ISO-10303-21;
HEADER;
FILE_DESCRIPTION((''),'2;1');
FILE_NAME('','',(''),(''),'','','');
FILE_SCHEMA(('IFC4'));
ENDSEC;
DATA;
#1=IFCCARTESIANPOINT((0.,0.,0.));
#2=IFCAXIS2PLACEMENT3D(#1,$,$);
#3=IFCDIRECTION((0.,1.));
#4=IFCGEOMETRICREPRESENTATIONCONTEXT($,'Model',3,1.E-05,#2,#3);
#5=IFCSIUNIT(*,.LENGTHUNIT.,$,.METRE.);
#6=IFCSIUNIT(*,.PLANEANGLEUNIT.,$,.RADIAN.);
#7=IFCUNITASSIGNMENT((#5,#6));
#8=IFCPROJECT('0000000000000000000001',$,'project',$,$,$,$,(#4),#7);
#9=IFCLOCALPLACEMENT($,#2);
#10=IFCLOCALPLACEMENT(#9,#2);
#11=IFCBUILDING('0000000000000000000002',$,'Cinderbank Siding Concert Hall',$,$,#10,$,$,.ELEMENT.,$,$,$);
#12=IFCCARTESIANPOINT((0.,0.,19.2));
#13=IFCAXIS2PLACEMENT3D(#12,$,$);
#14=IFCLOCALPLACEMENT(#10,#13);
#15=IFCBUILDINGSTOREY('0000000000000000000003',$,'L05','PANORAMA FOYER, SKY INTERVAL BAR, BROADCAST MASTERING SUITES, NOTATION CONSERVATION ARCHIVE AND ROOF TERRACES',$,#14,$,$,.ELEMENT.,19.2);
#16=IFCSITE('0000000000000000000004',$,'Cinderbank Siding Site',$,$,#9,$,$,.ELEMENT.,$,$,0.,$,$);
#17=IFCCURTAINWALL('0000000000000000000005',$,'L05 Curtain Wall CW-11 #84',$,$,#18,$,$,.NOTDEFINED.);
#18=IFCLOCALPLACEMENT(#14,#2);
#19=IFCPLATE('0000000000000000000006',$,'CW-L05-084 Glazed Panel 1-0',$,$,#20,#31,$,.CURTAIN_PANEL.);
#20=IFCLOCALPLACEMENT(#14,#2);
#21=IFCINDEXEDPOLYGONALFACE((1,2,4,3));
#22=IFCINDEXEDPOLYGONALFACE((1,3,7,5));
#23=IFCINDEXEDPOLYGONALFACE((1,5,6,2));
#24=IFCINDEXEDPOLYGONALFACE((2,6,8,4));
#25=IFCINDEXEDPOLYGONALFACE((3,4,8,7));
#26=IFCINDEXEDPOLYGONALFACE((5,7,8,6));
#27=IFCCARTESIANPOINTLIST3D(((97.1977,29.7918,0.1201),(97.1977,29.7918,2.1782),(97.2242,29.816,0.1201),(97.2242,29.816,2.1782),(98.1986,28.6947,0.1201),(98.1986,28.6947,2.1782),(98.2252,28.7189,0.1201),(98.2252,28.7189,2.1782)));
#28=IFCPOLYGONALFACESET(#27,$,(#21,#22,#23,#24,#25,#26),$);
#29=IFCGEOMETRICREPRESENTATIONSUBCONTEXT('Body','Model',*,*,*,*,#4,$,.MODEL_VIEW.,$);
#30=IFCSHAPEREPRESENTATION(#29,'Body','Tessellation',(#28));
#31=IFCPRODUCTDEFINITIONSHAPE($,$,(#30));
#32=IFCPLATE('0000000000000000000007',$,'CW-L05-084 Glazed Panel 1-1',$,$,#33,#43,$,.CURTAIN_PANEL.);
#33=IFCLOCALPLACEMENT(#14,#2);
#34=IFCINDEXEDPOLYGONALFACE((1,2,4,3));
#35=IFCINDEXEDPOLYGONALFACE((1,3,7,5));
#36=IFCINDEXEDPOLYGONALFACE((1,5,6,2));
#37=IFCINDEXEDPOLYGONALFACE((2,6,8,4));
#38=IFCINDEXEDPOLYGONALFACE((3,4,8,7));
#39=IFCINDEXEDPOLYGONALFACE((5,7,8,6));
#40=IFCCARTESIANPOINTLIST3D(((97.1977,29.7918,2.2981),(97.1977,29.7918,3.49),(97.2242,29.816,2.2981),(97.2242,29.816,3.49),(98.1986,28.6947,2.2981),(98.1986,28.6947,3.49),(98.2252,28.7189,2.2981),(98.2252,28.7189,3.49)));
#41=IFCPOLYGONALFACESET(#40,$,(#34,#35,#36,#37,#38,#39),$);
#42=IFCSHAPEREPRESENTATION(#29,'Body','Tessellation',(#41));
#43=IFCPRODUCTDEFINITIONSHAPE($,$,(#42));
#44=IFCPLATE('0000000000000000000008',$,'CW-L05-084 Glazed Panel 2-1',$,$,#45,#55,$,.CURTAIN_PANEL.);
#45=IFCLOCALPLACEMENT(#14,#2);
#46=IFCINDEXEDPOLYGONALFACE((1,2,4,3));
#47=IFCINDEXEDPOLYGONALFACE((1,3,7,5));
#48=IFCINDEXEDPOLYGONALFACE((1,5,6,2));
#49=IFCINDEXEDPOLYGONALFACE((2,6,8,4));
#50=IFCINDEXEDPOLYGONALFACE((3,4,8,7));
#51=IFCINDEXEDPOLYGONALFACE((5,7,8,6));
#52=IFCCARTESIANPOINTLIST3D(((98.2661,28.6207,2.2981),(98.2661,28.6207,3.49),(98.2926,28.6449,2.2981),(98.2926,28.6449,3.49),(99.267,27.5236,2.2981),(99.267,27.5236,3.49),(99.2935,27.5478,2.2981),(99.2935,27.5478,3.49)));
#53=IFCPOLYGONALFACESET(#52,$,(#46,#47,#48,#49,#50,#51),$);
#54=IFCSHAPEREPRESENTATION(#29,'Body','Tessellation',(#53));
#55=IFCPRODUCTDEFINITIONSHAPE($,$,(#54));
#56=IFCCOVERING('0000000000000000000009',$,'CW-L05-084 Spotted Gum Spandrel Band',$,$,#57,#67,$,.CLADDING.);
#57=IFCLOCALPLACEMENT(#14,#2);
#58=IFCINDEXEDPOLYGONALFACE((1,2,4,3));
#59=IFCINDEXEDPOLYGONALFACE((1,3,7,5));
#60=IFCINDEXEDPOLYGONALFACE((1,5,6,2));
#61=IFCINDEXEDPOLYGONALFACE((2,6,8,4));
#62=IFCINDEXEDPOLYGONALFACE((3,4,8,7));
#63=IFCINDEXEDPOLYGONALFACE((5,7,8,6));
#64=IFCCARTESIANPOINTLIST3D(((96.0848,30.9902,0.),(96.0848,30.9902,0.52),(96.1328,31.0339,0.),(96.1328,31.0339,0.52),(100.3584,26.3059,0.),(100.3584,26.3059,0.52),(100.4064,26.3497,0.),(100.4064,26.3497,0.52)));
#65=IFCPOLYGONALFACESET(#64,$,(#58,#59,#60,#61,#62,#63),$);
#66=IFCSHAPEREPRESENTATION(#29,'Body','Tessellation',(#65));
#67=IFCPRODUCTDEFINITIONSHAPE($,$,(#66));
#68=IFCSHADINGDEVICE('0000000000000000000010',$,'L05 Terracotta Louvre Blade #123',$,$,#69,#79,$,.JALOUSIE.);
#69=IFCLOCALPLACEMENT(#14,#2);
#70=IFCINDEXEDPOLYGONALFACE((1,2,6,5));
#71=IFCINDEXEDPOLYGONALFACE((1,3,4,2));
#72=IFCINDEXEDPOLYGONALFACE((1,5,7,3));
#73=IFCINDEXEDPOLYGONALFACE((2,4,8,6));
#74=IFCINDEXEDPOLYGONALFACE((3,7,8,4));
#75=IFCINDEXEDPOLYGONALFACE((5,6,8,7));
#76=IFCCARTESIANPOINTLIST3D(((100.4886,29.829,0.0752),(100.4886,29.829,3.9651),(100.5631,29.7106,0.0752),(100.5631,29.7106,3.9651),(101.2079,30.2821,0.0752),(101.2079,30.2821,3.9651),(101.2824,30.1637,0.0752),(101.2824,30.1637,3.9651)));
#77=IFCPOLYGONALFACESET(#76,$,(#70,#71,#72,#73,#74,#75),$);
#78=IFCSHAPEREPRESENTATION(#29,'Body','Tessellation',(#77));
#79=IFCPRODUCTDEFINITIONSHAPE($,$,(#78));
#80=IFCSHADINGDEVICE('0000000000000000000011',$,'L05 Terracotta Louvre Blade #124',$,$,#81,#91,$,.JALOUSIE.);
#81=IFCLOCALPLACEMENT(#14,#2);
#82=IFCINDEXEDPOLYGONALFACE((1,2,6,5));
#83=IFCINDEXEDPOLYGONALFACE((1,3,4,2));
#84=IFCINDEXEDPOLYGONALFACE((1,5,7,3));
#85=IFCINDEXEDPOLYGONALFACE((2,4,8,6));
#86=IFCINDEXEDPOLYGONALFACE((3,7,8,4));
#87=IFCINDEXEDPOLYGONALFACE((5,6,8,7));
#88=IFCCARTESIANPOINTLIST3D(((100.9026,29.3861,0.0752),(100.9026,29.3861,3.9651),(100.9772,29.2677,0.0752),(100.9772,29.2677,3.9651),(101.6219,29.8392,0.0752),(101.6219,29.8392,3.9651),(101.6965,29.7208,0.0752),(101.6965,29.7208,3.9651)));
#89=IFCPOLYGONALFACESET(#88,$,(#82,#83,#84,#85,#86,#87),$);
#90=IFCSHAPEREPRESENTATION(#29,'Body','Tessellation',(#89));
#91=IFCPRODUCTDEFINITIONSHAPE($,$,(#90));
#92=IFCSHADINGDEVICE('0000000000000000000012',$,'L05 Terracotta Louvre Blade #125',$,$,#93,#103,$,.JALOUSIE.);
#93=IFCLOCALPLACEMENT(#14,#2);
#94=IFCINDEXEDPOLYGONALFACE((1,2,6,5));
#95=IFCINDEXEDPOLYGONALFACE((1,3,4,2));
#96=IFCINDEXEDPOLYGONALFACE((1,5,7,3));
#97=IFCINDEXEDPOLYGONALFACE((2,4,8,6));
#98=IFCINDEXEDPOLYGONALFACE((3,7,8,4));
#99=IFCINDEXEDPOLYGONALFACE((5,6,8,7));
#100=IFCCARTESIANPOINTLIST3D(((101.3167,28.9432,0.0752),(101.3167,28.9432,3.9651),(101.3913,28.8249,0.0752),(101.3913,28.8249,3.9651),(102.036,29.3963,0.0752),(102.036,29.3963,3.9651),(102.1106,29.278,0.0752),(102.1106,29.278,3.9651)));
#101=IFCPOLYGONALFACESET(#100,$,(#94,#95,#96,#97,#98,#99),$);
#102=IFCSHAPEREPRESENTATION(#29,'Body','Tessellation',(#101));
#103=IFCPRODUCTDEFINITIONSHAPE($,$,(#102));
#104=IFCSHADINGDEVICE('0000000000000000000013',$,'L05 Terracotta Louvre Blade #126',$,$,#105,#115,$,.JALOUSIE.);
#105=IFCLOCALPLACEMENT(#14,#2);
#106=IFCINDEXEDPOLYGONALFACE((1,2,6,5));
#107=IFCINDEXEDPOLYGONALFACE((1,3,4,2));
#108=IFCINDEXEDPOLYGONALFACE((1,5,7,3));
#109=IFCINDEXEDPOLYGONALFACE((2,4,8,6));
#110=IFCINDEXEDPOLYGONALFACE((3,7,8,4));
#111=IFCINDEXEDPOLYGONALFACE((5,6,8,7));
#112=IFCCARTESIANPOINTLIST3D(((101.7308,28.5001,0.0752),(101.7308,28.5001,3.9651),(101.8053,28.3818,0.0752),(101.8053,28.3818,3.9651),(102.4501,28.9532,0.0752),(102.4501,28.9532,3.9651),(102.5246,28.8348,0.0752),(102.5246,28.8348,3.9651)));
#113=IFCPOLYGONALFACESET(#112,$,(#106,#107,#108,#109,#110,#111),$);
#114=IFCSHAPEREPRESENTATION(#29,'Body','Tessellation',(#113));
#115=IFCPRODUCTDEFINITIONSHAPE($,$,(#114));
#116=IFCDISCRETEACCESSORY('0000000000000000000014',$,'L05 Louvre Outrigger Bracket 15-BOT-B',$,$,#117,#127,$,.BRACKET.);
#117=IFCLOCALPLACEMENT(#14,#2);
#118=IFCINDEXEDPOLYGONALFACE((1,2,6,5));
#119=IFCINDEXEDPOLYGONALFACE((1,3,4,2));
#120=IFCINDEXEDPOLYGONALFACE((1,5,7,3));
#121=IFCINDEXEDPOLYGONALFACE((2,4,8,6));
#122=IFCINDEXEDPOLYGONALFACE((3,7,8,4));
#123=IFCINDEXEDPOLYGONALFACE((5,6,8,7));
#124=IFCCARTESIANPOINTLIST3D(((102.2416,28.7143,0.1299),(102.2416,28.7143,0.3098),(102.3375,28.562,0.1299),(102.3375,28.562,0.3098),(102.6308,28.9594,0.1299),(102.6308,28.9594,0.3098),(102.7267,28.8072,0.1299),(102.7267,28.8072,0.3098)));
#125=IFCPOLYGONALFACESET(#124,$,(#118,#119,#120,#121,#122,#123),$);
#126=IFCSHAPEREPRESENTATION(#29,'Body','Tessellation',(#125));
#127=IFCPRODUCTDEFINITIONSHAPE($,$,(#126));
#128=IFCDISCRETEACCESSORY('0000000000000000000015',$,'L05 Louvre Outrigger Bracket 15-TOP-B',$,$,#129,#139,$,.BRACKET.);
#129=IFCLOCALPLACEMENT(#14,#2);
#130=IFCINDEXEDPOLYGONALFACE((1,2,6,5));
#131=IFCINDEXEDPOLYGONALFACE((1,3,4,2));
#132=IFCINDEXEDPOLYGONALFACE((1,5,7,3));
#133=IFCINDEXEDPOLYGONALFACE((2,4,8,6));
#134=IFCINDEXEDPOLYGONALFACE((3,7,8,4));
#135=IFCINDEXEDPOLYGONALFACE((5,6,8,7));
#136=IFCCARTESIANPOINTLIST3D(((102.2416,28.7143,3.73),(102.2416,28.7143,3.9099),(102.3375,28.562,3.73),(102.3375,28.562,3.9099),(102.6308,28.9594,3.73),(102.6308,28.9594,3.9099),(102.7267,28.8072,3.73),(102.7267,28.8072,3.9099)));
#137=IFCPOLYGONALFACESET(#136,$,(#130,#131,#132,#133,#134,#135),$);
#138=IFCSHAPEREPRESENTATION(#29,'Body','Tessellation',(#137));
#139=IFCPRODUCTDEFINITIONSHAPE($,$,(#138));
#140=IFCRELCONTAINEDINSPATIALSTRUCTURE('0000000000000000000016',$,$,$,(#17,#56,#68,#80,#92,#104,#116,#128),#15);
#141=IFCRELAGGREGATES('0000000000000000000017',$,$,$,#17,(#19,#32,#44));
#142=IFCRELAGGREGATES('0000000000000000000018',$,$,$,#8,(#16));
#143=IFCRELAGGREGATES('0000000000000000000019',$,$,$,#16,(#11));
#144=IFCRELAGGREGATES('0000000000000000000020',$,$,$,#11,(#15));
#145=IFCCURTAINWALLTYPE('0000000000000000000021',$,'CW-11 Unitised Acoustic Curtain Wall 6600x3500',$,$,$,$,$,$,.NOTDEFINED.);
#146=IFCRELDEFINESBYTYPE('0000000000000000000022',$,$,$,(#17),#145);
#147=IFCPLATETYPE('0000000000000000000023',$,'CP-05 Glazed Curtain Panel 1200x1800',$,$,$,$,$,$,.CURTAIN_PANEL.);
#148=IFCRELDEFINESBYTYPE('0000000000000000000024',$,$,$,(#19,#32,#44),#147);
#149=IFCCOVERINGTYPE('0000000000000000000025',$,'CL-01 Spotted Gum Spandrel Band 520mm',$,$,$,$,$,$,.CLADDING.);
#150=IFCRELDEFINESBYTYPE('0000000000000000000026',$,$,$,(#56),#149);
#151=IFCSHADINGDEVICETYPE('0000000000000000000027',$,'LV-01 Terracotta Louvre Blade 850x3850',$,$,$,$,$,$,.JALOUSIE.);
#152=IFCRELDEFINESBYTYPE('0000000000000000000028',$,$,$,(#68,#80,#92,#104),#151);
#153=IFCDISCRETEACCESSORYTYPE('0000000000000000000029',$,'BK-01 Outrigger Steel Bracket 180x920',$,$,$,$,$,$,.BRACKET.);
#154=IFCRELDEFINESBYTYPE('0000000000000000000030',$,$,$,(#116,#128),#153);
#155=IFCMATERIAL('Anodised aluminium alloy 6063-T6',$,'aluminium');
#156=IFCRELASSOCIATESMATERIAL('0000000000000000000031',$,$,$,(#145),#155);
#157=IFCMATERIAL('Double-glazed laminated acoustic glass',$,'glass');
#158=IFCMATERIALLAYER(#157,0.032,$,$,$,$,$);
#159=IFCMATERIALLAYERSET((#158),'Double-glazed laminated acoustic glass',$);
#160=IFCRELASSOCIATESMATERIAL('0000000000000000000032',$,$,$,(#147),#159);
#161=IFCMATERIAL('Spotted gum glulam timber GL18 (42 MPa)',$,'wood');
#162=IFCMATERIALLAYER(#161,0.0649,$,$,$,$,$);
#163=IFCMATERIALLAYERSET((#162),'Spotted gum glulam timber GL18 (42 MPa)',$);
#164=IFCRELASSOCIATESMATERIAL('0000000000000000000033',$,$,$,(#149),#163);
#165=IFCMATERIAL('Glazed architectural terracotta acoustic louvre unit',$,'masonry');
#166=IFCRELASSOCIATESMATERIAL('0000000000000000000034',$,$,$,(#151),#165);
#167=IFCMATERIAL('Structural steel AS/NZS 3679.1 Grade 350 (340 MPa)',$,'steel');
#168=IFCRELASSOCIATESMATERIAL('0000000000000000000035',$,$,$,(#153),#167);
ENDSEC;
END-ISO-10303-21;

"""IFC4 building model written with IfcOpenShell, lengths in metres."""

from ifc_helpers import new_model, si_unit, direction, frame, origin, origin_2d, place, context, subcontext, project, spatial, rectangle, extrude, material, layer, layer_set, type_object, element, aggregate, save


model = new_model("IFC4")

# Units and contexts
model_context = context("Model", 3, precision=1e-05, world=origin(), true_north=direction((0.0, 1.0)))
body_context = subcontext(model_context, "Body", "Model", "MODEL_VIEW")
ifc_project = project(units=[si_unit("LENGTHUNIT", "METRE"), si_unit("PLANEANGLEUNIT", "RADIAN")], contexts=[model_context])

# Site, building, storey
site_placement = place(None, origin())
site = spatial("IfcSite", under=ifc_project, at=site_placement, Name="Cinderbank Siding Site", CompositionType="ELEMENT", RefElevation=0.0)
building_placement = place(site_placement, origin())
building = spatial("IfcBuilding", under=site, at=building_placement, Name="Cinderbank Siding Concert Hall", CompositionType="ELEMENT")
storey_placement = place(building_placement, frame((0.0, 0.0, 19.2)))
storey = spatial("IfcBuildingStorey", under=building, at=storey_placement, Name="L05", Description="PANORAMA FOYER, SKY INTERVAL BAR, BROADCAST MASTERING SUITES, NOTATION CONSERVATION ARCHIVE AND ROOF TERRACES", CompositionType="ELEMENT", Elevation=19.2)

# Shared definitions
ifc_material_1 = material(Name="Structural steel AS/NZS 3679.1 Grade 350 (340 MPa)", Category="steel")

# Curtain wall, plates
ifc_material_2 = material(Name="Anodised aluminium alloy 6063-T6", Category="aluminium")
curtain_wall_type = type_object("IfcCurtainWallType", Name="CW-11 Unitised Acoustic Curtain Wall 6600x3500", PredefinedType="NOTDEFINED", material=ifc_material_2)
curtain_wall_placement = place(storey_placement, origin())
curtain_wall = element("IfcCurtainWall", 1, at=curtain_wall_placement, inside=storey, type_object=curtain_wall_type, Name="L05 Curtain Wall CW-11 #84", PredefinedType="NOTDEFINED")
ifc_material_3 = material(Name="Double-glazed laminated acoustic glass", Category="glass")
ifc_layer_1 = layer(ifc_material_3, 0.032)
ifc_layer_set_1 = layer_set([ifc_layer_1], Name="Double-glazed laminated acoustic glass")
plate_type = type_object("IfcPlateType", Name="CP-05 Glazed Curtain Panel 1200x1800", PredefinedType="CURTAIN_PANEL", material=ifc_layer_set_1)
plate_1_placement = place(storey_placement, frame((97.7114, 29.2554, 0.1201), z_axis=(0.0, 0.0, 1.0), x_axis=(0.673989, -0.738742, 0.0)))
plate_1 = element("IfcPlate", 2, at=plate_1_placement, type_object=plate_type, Name="CW-L05-084 Glazed Panel 1-0", PredefinedType="CURTAIN_PANEL", context=body_context, shape_type="SweptSolid", body=[
    extrude(rectangle(XDim=1.4851, YDim=0.0359, at=origin_2d()), origin(), (0.0, 0.0, 1.0), 2.0581),
])
plate_2_placement = place(storey_placement, frame((97.7114, 29.2554, 2.2981), z_axis=(0.0, 0.0, 1.0), x_axis=(0.673989, -0.738742, 0.0)))
plate_2 = element("IfcPlate", 3, at=plate_2_placement, type_object=plate_type, Name="CW-L05-084 Glazed Panel 1-1", PredefinedType="CURTAIN_PANEL", context=body_context, shape_type="SweptSolid", body=[
    extrude(rectangle(XDim=1.4851, YDim=0.0359, at=origin_2d()), origin(), (0.0, 0.0, 1.0), 1.1919),
])
plate_3_placement = place(storey_placement, frame((98.7798, 28.0842, 2.2981), z_axis=(0.0, 0.0, 1.0), x_axis=(0.673989, -0.738742, 0.0)))
plate_3 = element("IfcPlate", 4, at=plate_3_placement, type_object=plate_type, Name="CW-L05-084 Glazed Panel 2-1", PredefinedType="CURTAIN_PANEL", context=body_context, shape_type="SweptSolid", body=[
    extrude(rectangle(XDim=1.4851, YDim=0.0359, at=origin_2d()), origin(), (0.0, 0.0, 1.0), 1.1919),
])
aggregate(curtain_wall, [plate_1, plate_2, plate_3])

# Covering
ifc_material_4 = material(Name="Spotted gum glulam timber GL18 (42 MPa)", Category="wood")
ifc_layer_2 = layer(ifc_material_4, 0.0649)
ifc_layer_set_2 = layer_set([ifc_layer_2], Name="Spotted gum glulam timber GL18 (42 MPa)")
covering_type = type_object("IfcCoveringType", Name="CL-01 Spotted Gum Spandrel Band 520mm", PredefinedType="CLADDING", material=ifc_layer_set_2)
covering_placement = place(storey_placement, frame((98.2456, 28.6699, 0.0), z_axis=(0.0, 0.0, 1.0), x_axis=(0.673989, -0.738742, 0.0)))
element("IfcCovering", 5, at=covering_placement, inside=storey, type_object=covering_type, Name="CW-L05-084 Spotted Gum Spandrel Band", PredefinedType="CLADDING", context=body_context, shape_type="SweptSolid", body=[
    extrude(rectangle(XDim=6.3408, YDim=0.0649, at=origin_2d()), origin(), (0.0, 0.0, 1.0), 0.52),
])

# Shading devices
ifc_material_5 = material(Name="Glazed architectural terracotta acoustic louvre unit", Category="masonry")
shading_device_type = type_object("IfcShadingDeviceType", Name="LV-01 Terracotta Louvre Blade 850x3850", PredefinedType="JALOUSIE", material=ifc_material_5)
for number, where, z_axis, x_axis, name in (
    (6, (100.8855, 29.9963, 0.0752), (0.0, 0.0, 1.0), (-0.846132, -0.532973, 0.0), "L05 Terracotta Louvre Blade #123"),
    (7, (101.2996, 29.5535, 0.0752), (0.0, 0.0, 1.0), (-0.846132, -0.532973, 0.0), "L05 Terracotta Louvre Blade #124"),
    (8, (101.7136, 29.1106, 0.0752), (0.0, 0.0, 1.0), (-0.846132, -0.532973, 0.0), "L05 Terracotta Louvre Blade #125"),
    (9, (102.1277, 28.6675, 0.0752), (0.0, 0.0, 1.0), (-0.846132, -0.532973, 0.0), "L05 Terracotta Louvre Blade #126"),
):
    element("IfcShadingDevice", number, at=place(storey_placement, frame(where, z_axis=z_axis, x_axis=x_axis)), inside=storey, type_object=shading_device_type, Name=name, PredefinedType="JALOUSIE", context=body_context, shape_type="SweptSolid", body=[
        extrude(rectangle(XDim=0.8501, YDim=0.1399, at=origin_2d()), origin(), (0.0, 0.0, 1.0), 3.8899),
    ])

# Discrete accessories
discrete_accessory_type = type_object("IfcDiscreteAccessoryType", Name="BK-01 Outrigger Steel Bracket 180x920", PredefinedType="BRACKET", material=ifc_material_1)
for number, where, z_axis, x_axis, name in (
    (10, (102.4841, 28.7607, 0.1299), (0.0, 0.0, 1.0), (-0.846132, -0.532973, 0.0), "L05 Louvre Outrigger Bracket 15-BOT-B"),
    (11, (102.4841, 28.7607, 3.73), (0.0, 0.0, 1.0), (-0.846132, -0.532973, 0.0), "L05 Louvre Outrigger Bracket 15-TOP-B"),
):
    element("IfcDiscreteAccessory", number, at=place(storey_placement, frame(where, z_axis=z_axis, x_axis=x_axis)), inside=storey, type_object=discrete_accessory_type, Name=name, PredefinedType="BRACKET", context=body_context, shape_type="SweptSolid", body=[
        extrude(rectangle(XDim=0.46, YDim=0.1799, at=origin_2d()), origin(), (0.0, 0.0, 1.0), 0.1799),
    ])

save(model, "model.ifc")
